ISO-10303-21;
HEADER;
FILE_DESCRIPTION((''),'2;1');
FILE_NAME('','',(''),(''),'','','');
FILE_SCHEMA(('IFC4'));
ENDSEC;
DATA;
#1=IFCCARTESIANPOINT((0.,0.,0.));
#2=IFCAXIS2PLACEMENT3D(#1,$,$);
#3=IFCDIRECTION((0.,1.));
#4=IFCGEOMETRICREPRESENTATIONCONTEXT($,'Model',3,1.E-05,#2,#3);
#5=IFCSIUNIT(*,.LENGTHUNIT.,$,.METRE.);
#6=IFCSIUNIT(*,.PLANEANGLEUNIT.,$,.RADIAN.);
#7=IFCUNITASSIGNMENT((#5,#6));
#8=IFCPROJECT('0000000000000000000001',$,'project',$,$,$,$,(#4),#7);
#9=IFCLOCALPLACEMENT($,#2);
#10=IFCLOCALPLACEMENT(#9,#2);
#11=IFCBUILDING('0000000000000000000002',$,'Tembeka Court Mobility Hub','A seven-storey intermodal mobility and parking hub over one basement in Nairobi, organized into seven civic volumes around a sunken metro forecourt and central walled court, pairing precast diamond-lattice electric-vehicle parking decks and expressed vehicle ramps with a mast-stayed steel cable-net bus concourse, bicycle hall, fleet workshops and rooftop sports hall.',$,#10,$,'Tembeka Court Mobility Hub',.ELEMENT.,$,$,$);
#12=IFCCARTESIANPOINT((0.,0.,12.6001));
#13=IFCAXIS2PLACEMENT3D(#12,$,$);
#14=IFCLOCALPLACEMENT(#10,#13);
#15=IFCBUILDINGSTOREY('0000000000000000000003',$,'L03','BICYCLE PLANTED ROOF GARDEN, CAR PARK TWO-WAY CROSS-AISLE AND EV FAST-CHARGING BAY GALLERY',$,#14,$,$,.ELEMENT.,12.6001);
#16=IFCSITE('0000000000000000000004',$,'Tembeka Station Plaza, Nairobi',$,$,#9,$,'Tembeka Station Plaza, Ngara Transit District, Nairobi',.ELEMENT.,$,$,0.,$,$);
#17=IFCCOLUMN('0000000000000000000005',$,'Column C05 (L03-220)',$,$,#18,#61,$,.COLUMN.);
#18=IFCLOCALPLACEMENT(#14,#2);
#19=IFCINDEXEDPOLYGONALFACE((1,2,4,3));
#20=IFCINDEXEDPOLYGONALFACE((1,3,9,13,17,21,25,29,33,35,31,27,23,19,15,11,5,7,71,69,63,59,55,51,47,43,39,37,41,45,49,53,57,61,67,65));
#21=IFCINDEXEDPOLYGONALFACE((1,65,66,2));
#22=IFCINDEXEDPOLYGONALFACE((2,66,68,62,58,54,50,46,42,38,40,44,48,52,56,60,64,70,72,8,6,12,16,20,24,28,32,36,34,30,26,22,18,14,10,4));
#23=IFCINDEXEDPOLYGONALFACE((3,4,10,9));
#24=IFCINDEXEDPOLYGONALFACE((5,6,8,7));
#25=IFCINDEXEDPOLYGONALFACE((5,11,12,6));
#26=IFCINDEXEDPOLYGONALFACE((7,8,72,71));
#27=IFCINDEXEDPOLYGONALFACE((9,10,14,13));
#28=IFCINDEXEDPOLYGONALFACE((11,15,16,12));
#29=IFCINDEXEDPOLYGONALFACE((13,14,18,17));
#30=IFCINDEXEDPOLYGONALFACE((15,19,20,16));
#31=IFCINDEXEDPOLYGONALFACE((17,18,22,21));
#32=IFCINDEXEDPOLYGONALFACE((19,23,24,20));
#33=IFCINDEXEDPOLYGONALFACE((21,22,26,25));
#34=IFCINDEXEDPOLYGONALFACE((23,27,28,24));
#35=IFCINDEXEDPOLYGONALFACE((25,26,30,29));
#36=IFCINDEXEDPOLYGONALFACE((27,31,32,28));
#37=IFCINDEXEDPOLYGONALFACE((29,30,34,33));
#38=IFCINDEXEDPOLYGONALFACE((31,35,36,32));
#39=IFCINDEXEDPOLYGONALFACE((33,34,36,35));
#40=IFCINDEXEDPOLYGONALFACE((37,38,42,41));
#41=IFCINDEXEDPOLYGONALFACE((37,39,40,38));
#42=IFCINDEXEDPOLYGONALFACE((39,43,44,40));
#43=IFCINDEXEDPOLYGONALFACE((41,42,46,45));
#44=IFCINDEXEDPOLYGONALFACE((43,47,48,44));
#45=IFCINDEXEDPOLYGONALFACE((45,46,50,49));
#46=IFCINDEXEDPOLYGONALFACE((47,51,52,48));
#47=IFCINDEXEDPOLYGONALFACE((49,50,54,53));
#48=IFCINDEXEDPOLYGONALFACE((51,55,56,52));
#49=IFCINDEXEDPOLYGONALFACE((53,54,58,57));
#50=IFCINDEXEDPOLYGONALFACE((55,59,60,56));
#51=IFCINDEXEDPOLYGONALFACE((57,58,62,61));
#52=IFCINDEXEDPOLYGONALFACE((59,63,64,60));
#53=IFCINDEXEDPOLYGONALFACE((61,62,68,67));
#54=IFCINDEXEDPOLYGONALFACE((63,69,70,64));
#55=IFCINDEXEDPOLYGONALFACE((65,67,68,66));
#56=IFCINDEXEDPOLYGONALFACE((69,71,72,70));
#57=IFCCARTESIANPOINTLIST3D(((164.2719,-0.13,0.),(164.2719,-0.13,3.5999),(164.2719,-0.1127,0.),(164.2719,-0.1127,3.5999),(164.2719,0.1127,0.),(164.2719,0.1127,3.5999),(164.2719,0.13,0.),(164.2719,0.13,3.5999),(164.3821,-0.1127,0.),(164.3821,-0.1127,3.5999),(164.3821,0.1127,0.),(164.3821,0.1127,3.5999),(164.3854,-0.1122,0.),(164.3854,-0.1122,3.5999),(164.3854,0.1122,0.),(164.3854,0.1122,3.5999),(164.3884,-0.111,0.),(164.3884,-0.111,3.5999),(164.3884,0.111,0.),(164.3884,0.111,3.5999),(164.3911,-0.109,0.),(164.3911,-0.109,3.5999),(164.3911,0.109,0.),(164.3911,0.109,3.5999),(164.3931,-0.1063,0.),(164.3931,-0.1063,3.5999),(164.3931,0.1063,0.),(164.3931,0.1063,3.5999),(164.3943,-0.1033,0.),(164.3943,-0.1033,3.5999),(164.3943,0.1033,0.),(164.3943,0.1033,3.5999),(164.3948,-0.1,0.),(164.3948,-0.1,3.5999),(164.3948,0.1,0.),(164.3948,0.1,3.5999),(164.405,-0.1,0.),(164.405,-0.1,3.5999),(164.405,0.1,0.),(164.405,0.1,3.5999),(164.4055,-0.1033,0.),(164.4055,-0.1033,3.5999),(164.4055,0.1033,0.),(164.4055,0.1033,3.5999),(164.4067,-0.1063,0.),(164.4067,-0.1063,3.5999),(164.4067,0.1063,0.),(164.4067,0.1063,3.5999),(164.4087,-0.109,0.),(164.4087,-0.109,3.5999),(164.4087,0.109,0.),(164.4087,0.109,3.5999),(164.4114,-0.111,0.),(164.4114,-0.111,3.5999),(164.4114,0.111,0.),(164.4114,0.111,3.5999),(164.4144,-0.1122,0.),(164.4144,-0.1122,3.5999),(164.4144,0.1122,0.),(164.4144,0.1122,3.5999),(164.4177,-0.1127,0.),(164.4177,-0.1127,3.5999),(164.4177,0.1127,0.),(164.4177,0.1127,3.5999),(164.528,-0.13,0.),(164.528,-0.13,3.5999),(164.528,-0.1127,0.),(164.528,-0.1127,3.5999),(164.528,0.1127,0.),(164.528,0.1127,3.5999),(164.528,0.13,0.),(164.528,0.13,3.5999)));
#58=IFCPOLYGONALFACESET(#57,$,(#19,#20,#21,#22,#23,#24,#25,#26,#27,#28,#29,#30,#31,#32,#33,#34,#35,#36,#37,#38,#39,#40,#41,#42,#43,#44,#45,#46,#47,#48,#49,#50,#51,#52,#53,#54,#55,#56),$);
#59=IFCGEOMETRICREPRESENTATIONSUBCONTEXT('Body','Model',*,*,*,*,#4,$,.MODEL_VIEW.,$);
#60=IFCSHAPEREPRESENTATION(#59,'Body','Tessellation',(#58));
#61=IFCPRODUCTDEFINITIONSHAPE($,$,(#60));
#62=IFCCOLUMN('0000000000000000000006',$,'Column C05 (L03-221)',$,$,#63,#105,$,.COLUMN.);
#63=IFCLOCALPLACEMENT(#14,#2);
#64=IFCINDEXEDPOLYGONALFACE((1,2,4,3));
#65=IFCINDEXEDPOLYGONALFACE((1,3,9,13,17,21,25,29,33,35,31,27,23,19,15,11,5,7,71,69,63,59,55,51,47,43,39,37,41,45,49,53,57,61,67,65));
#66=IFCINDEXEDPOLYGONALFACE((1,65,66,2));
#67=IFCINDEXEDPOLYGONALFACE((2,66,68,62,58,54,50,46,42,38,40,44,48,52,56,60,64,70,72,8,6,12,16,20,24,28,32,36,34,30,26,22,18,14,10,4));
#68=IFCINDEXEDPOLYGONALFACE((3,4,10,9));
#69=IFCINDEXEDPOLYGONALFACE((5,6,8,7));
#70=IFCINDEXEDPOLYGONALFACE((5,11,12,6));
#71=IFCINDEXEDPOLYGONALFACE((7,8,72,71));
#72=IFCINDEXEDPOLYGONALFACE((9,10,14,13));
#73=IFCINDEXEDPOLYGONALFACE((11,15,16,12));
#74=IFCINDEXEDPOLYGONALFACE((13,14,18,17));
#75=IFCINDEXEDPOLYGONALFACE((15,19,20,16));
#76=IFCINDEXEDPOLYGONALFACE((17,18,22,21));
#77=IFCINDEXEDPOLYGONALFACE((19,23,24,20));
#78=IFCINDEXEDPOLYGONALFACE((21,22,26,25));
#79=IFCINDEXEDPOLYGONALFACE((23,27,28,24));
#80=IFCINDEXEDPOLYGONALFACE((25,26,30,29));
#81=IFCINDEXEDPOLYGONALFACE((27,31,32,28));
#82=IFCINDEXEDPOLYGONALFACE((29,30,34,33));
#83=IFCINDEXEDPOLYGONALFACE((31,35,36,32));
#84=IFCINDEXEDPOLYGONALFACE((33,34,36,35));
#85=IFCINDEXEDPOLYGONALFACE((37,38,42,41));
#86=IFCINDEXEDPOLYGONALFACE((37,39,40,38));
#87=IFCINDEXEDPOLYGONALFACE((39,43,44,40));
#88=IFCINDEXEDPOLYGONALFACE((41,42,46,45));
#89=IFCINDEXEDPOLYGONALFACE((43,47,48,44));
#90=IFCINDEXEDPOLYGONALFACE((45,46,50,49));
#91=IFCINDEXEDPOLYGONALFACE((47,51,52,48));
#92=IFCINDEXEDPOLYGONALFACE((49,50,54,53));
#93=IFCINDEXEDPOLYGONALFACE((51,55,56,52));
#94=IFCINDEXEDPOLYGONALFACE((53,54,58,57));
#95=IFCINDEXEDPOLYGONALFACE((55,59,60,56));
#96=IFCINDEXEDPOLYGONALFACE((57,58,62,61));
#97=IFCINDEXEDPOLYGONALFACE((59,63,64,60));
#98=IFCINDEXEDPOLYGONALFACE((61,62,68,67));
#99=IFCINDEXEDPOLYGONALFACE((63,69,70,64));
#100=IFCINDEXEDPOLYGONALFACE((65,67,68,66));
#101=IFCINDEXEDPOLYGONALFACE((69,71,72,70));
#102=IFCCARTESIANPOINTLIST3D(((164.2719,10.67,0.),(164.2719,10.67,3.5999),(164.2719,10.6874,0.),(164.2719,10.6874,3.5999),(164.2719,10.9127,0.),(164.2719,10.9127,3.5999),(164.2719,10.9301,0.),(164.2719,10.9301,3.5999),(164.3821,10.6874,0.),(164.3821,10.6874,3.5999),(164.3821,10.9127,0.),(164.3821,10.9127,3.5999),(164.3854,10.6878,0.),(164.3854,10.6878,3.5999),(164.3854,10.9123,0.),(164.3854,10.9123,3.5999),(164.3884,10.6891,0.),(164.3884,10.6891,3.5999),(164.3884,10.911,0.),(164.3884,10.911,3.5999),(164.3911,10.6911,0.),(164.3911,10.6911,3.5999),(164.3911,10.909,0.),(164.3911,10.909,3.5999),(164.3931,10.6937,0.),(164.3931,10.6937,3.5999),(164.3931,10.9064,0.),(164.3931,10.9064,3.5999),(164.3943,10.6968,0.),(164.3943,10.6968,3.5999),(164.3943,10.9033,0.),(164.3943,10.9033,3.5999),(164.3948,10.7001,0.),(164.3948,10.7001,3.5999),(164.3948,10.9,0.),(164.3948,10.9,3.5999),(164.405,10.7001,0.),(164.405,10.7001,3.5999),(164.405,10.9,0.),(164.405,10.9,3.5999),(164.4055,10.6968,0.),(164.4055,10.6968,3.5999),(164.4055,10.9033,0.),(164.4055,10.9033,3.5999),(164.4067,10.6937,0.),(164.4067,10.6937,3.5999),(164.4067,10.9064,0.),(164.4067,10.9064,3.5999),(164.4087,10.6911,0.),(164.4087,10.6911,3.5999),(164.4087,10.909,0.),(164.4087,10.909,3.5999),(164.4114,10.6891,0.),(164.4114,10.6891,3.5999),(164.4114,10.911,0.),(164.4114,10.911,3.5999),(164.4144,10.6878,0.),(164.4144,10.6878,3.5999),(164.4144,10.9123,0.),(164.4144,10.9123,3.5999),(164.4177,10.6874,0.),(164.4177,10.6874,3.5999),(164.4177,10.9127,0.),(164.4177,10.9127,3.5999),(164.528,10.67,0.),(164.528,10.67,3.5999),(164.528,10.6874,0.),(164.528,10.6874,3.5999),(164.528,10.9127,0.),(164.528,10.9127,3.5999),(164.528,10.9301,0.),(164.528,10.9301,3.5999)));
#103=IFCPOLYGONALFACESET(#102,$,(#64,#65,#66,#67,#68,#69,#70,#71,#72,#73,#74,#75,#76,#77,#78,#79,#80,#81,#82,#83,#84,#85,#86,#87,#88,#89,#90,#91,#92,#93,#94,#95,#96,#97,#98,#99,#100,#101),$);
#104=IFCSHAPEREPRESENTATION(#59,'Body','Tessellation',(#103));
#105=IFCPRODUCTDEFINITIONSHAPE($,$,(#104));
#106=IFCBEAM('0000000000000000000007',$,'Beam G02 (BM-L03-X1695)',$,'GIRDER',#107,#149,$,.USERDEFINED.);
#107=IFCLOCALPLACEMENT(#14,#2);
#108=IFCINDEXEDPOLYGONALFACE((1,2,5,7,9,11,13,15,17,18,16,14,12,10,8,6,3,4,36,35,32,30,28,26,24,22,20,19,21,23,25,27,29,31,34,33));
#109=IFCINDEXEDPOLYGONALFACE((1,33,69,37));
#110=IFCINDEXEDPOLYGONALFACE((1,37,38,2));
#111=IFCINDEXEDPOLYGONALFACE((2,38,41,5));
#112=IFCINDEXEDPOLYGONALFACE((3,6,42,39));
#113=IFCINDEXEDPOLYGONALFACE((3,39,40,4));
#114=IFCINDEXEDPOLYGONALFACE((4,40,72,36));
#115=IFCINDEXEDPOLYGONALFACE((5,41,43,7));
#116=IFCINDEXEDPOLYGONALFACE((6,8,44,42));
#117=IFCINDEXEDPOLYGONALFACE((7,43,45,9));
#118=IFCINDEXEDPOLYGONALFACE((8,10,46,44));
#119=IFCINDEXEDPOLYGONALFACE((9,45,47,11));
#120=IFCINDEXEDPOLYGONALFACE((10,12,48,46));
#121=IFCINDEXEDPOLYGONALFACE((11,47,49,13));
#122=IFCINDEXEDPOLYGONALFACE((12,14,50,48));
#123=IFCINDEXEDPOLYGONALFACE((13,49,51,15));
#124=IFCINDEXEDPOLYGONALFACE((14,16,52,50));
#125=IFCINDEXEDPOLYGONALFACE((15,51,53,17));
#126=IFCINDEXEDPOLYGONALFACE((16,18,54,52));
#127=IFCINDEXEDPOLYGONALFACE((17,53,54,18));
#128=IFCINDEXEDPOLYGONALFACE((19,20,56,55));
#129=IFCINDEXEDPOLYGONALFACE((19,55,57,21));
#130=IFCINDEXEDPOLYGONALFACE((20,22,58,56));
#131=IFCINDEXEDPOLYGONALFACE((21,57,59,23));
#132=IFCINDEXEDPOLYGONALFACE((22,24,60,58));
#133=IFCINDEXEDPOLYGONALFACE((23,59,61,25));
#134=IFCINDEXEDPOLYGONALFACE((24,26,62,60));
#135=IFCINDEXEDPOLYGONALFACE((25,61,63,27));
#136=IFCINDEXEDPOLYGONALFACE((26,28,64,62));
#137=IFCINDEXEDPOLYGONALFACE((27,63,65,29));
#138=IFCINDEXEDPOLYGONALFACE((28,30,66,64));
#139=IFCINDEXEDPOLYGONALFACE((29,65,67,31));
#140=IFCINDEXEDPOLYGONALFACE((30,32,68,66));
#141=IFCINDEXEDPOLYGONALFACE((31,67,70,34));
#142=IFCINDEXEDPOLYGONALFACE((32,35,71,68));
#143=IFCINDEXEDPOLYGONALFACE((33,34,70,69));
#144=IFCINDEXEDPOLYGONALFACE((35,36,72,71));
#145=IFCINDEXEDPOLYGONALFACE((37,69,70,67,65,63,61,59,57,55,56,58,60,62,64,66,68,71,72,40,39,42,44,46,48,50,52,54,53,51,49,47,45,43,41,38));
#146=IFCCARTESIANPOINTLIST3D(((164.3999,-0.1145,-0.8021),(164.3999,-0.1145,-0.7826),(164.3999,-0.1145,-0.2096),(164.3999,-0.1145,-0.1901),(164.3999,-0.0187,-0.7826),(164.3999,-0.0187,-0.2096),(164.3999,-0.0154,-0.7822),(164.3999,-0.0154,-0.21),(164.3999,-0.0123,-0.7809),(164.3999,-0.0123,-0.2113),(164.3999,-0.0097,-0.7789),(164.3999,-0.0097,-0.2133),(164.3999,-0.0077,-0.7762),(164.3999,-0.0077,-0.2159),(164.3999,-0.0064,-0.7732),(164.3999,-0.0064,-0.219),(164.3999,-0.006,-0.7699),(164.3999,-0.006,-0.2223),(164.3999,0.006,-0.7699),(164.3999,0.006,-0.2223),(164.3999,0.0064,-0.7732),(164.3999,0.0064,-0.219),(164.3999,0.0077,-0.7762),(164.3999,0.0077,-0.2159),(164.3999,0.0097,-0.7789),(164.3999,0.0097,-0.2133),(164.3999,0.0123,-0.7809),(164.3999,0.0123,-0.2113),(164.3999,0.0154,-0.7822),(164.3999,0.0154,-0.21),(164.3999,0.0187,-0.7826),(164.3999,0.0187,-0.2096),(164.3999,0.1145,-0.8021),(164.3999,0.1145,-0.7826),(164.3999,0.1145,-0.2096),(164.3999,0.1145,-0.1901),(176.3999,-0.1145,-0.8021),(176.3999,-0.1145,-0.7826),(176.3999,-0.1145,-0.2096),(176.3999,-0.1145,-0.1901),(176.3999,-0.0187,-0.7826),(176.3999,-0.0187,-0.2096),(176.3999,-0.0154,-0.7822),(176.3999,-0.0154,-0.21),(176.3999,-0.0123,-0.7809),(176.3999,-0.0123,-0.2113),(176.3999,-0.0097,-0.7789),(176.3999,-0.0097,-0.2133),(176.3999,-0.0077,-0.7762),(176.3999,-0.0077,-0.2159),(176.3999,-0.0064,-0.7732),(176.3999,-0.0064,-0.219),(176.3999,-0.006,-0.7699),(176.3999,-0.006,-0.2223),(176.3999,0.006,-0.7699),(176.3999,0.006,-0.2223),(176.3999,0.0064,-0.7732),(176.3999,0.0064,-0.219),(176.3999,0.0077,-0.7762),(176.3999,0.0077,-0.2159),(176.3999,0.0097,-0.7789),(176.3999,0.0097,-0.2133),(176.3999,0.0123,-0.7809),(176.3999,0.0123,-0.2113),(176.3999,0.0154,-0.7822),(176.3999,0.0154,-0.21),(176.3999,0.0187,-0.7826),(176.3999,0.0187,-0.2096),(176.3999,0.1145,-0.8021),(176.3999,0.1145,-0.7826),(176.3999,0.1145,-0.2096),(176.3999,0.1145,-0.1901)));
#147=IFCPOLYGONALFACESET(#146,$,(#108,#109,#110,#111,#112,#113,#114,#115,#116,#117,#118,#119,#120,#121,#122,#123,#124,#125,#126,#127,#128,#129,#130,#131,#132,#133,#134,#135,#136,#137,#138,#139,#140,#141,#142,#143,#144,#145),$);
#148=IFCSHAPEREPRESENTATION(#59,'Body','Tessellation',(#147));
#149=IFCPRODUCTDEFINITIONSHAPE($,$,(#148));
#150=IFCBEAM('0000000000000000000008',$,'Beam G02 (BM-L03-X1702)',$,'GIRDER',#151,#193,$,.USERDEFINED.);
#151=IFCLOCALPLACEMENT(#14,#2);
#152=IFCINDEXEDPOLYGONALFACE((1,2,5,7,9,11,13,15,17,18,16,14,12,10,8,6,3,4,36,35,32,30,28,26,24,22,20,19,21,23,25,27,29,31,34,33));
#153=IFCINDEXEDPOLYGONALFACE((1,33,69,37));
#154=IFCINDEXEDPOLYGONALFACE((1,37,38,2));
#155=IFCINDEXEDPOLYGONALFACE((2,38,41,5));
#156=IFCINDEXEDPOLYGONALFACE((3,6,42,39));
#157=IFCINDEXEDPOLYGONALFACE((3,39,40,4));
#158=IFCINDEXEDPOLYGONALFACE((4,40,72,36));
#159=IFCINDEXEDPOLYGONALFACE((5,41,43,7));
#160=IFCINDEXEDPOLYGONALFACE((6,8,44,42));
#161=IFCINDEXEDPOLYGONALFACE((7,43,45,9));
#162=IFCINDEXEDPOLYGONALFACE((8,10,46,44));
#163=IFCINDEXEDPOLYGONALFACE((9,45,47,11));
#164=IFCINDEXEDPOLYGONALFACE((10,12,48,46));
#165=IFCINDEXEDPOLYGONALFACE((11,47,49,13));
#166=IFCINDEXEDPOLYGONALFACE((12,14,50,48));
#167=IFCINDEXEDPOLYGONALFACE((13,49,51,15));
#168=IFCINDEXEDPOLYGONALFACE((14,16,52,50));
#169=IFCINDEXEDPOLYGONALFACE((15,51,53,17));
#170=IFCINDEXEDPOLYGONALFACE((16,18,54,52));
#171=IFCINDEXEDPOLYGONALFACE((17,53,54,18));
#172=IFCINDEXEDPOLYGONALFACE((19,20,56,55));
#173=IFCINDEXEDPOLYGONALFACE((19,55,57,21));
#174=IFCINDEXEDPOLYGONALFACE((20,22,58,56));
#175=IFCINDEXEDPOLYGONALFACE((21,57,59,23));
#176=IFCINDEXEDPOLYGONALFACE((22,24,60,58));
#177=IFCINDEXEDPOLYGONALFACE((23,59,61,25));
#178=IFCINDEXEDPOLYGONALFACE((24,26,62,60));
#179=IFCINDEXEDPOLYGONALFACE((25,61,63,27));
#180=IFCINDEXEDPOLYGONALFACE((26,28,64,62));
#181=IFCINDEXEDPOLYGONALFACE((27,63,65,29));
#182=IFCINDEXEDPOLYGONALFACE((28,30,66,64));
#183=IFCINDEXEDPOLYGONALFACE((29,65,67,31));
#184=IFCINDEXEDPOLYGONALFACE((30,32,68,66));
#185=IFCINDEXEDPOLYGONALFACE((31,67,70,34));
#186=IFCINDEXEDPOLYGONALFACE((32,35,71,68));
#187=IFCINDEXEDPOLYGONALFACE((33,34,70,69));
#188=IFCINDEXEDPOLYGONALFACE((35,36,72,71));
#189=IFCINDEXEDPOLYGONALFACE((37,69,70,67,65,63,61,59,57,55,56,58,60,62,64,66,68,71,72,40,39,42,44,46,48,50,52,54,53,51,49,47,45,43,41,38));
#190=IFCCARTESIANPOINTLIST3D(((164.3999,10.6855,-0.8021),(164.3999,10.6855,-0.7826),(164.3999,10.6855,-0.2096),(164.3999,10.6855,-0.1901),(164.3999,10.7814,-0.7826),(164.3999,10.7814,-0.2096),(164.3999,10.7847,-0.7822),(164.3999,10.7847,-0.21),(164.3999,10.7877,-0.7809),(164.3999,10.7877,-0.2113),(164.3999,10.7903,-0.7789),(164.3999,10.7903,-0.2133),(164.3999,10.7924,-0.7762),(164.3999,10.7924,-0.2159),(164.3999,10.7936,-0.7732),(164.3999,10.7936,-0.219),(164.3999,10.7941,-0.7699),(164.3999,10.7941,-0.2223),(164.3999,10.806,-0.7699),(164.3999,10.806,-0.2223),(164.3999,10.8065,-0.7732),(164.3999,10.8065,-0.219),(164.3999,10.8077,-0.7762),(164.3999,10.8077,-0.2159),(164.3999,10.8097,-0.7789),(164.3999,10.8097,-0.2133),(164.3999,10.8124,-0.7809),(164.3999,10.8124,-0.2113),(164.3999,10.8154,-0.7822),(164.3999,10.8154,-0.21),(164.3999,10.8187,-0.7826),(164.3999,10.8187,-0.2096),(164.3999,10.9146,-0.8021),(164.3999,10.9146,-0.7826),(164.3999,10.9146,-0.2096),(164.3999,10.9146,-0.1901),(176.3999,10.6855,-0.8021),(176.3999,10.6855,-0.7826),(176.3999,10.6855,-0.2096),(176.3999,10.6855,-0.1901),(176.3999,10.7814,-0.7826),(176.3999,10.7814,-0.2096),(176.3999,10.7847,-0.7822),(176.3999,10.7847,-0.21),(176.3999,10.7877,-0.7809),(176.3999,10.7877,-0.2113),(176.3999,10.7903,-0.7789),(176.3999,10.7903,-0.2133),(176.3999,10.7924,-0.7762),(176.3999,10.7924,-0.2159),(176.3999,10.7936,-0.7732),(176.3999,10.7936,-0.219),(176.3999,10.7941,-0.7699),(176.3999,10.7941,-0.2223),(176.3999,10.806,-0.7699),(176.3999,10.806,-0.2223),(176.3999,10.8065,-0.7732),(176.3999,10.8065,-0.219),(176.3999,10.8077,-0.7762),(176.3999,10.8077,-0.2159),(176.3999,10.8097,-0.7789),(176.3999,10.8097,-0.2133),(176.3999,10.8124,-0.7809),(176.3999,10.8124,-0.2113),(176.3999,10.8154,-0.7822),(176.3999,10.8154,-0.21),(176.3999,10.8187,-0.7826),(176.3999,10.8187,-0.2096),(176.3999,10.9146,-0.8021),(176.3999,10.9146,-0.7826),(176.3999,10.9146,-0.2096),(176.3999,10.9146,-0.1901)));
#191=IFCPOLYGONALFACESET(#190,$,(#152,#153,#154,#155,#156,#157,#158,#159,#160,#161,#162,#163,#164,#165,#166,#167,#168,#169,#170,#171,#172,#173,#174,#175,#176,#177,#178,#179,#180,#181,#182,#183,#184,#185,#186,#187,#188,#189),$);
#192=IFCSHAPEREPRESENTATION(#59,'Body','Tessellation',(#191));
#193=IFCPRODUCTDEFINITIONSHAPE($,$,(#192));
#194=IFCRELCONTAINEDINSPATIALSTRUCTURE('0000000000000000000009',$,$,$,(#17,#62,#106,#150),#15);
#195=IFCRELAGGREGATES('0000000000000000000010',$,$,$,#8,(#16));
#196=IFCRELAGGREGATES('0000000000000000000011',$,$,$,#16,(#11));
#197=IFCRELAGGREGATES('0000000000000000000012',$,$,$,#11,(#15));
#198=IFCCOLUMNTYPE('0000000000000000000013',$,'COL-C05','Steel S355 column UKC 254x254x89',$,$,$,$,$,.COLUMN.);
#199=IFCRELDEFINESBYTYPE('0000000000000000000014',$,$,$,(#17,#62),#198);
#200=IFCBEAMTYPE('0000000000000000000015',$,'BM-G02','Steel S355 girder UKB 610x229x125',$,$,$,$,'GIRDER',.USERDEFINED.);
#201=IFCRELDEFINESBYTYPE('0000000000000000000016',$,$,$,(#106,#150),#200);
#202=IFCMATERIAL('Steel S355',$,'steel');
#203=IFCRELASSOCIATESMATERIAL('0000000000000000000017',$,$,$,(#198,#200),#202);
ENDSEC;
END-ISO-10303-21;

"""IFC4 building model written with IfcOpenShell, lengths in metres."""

from ifc_helpers import new_model, si_unit, direction, frame, origin, origin_2d, place, context, subcontext, project, spatial, i_section, extrude, material, material_profile, profile_set, type_object, element, save


model = new_model("IFC4")

# Units and contexts
model_context = context("Model", 3, precision=1e-05, world=origin(), true_north=direction((0.0, 1.0)))
body_context = subcontext(model_context, "Body", "Model", "MODEL_VIEW")
ifc_project = project(units=[si_unit("LENGTHUNIT", "METRE"), si_unit("PLANEANGLEUNIT", "RADIAN")], contexts=[model_context])

# Site, building, storey
site_placement = place(None, origin())
site = spatial("IfcSite", under=ifc_project, at=site_placement, Name="Tembeka Station Plaza, Nairobi", LongName="Tembeka Station Plaza, Ngara Transit District, Nairobi", CompositionType="ELEMENT", RefElevation=0.0)
building_placement = place(site_placement, origin())
building = spatial("IfcBuilding", under=site, at=building_placement, Name="Tembeka Court Mobility Hub", Description="A seven-storey intermodal mobility and parking hub over one basement in Nairobi, organized into seven civic volumes around a sunken metro forecourt and central walled court, pairing precast diamond-lattice electric-vehicle parking decks and expressed vehicle ramps with a mast-stayed steel cable-net bus concourse, bicycle hall, fleet workshops and rooftop sports hall.", LongName="Tembeka Court Mobility Hub", CompositionType="ELEMENT")
storey_placement = place(building_placement, frame((0.0, 0.0, 12.6001)))
storey = spatial("IfcBuildingStorey", under=building, at=storey_placement, Name="L03", Description="BICYCLE PLANTED ROOF GARDEN, CAR PARK TWO-WAY CROSS-AISLE AND EV FAST-CHARGING BAY GALLERY", CompositionType="ELEMENT", Elevation=12.6001)

# Columns
ifc_material_1 = material(Name="Steel S355", Category="steel")
ifc_material_profile_1 = material_profile(ifc_material_1, i_section(OverallWidth=0.2561, OverallDepth=0.26, WebThickness=0.0103, FlangeThickness=0.0173, FilletRadius=0.0127, at=origin_2d()), Name="UKC 254x254x89")
ifc_profile_set_1 = profile_set([ifc_material_profile_1], Name="Steel S355")
column_type = type_object("IfcColumnType", Name="COL-C05", Description="Steel S355 column UKC 254x254x89", PredefinedType="COLUMN", material=ifc_profile_set_1)
for number, where, z_axis, x_axis, name in (
    (1, (164.3999, 0.0, 0.0), (0.0, 0.0, 1.0), (1.0, 0.0, 0.0), "Column C05 (L03-220)"),
    (2, (164.3999, 10.8, 0.0), (0.0, 0.0, 1.0), (1.0, 0.0, 0.0), "Column C05 (L03-221)"),
):
    element("IfcColumn", number, at=place(storey_placement, frame(where, z_axis=z_axis, x_axis=x_axis)), inside=storey, type_object=column_type, Name=name, PredefinedType="COLUMN", context=body_context, shape_type="SweptSolid", body=[
        extrude(i_section(OverallWidth=0.2561, OverallDepth=0.26, WebThickness=0.0103, FlangeThickness=0.0173, FilletRadius=0.0127, at=origin_2d()), origin(), (0.0, 0.0, 1.0), 3.5999),
    ])

# Beams
ifc_material_profile_2 = material_profile(ifc_material_1, i_section(OverallWidth=0.229, OverallDepth=0.6121, WebThickness=0.012, FlangeThickness=0.0195, FilletRadius=0.0127, at=origin_2d()), Name="UKB 610x229x125")
ifc_profile_set_2 = profile_set([ifc_material_profile_2], Name="Steel S355")
beam_type_1 = type_object("IfcBeamType", Name="BM-G02", Description="Steel S355 girder UKB 610x229x125", ElementType="GIRDER", PredefinedType="USERDEFINED", material=ifc_profile_set_2)
for number, where, z_axis, x_axis, name in (
    (3, (164.3999, 0.0, -0.4961), (1.0, 0.0, 0.0), (0.0, 1.0, 0.0), "Beam G02 (BM-L03-X1695)"),
    (4, (164.3999, 10.8, -0.4961), (1.0, 0.0, 0.0), (0.0, 1.0, 0.0), "Beam G02 (BM-L03-X1702)"),
):
    element("IfcBeam", number, at=place(storey_placement, frame(where, z_axis=z_axis, x_axis=x_axis)), inside=storey, type_object=beam_type_1, Name=name, ObjectType="GIRDER", PredefinedType="USERDEFINED", context=body_context, shape_type="SweptSolid", body=[
        extrude(i_section(OverallWidth=0.229, OverallDepth=0.6121, WebThickness=0.012, FlangeThickness=0.0195, FilletRadius=0.0127, at=origin_2d()), origin(), (0.0, 0.0, 1.0), 12.0),
    ])

save(model, "model.ifc")
